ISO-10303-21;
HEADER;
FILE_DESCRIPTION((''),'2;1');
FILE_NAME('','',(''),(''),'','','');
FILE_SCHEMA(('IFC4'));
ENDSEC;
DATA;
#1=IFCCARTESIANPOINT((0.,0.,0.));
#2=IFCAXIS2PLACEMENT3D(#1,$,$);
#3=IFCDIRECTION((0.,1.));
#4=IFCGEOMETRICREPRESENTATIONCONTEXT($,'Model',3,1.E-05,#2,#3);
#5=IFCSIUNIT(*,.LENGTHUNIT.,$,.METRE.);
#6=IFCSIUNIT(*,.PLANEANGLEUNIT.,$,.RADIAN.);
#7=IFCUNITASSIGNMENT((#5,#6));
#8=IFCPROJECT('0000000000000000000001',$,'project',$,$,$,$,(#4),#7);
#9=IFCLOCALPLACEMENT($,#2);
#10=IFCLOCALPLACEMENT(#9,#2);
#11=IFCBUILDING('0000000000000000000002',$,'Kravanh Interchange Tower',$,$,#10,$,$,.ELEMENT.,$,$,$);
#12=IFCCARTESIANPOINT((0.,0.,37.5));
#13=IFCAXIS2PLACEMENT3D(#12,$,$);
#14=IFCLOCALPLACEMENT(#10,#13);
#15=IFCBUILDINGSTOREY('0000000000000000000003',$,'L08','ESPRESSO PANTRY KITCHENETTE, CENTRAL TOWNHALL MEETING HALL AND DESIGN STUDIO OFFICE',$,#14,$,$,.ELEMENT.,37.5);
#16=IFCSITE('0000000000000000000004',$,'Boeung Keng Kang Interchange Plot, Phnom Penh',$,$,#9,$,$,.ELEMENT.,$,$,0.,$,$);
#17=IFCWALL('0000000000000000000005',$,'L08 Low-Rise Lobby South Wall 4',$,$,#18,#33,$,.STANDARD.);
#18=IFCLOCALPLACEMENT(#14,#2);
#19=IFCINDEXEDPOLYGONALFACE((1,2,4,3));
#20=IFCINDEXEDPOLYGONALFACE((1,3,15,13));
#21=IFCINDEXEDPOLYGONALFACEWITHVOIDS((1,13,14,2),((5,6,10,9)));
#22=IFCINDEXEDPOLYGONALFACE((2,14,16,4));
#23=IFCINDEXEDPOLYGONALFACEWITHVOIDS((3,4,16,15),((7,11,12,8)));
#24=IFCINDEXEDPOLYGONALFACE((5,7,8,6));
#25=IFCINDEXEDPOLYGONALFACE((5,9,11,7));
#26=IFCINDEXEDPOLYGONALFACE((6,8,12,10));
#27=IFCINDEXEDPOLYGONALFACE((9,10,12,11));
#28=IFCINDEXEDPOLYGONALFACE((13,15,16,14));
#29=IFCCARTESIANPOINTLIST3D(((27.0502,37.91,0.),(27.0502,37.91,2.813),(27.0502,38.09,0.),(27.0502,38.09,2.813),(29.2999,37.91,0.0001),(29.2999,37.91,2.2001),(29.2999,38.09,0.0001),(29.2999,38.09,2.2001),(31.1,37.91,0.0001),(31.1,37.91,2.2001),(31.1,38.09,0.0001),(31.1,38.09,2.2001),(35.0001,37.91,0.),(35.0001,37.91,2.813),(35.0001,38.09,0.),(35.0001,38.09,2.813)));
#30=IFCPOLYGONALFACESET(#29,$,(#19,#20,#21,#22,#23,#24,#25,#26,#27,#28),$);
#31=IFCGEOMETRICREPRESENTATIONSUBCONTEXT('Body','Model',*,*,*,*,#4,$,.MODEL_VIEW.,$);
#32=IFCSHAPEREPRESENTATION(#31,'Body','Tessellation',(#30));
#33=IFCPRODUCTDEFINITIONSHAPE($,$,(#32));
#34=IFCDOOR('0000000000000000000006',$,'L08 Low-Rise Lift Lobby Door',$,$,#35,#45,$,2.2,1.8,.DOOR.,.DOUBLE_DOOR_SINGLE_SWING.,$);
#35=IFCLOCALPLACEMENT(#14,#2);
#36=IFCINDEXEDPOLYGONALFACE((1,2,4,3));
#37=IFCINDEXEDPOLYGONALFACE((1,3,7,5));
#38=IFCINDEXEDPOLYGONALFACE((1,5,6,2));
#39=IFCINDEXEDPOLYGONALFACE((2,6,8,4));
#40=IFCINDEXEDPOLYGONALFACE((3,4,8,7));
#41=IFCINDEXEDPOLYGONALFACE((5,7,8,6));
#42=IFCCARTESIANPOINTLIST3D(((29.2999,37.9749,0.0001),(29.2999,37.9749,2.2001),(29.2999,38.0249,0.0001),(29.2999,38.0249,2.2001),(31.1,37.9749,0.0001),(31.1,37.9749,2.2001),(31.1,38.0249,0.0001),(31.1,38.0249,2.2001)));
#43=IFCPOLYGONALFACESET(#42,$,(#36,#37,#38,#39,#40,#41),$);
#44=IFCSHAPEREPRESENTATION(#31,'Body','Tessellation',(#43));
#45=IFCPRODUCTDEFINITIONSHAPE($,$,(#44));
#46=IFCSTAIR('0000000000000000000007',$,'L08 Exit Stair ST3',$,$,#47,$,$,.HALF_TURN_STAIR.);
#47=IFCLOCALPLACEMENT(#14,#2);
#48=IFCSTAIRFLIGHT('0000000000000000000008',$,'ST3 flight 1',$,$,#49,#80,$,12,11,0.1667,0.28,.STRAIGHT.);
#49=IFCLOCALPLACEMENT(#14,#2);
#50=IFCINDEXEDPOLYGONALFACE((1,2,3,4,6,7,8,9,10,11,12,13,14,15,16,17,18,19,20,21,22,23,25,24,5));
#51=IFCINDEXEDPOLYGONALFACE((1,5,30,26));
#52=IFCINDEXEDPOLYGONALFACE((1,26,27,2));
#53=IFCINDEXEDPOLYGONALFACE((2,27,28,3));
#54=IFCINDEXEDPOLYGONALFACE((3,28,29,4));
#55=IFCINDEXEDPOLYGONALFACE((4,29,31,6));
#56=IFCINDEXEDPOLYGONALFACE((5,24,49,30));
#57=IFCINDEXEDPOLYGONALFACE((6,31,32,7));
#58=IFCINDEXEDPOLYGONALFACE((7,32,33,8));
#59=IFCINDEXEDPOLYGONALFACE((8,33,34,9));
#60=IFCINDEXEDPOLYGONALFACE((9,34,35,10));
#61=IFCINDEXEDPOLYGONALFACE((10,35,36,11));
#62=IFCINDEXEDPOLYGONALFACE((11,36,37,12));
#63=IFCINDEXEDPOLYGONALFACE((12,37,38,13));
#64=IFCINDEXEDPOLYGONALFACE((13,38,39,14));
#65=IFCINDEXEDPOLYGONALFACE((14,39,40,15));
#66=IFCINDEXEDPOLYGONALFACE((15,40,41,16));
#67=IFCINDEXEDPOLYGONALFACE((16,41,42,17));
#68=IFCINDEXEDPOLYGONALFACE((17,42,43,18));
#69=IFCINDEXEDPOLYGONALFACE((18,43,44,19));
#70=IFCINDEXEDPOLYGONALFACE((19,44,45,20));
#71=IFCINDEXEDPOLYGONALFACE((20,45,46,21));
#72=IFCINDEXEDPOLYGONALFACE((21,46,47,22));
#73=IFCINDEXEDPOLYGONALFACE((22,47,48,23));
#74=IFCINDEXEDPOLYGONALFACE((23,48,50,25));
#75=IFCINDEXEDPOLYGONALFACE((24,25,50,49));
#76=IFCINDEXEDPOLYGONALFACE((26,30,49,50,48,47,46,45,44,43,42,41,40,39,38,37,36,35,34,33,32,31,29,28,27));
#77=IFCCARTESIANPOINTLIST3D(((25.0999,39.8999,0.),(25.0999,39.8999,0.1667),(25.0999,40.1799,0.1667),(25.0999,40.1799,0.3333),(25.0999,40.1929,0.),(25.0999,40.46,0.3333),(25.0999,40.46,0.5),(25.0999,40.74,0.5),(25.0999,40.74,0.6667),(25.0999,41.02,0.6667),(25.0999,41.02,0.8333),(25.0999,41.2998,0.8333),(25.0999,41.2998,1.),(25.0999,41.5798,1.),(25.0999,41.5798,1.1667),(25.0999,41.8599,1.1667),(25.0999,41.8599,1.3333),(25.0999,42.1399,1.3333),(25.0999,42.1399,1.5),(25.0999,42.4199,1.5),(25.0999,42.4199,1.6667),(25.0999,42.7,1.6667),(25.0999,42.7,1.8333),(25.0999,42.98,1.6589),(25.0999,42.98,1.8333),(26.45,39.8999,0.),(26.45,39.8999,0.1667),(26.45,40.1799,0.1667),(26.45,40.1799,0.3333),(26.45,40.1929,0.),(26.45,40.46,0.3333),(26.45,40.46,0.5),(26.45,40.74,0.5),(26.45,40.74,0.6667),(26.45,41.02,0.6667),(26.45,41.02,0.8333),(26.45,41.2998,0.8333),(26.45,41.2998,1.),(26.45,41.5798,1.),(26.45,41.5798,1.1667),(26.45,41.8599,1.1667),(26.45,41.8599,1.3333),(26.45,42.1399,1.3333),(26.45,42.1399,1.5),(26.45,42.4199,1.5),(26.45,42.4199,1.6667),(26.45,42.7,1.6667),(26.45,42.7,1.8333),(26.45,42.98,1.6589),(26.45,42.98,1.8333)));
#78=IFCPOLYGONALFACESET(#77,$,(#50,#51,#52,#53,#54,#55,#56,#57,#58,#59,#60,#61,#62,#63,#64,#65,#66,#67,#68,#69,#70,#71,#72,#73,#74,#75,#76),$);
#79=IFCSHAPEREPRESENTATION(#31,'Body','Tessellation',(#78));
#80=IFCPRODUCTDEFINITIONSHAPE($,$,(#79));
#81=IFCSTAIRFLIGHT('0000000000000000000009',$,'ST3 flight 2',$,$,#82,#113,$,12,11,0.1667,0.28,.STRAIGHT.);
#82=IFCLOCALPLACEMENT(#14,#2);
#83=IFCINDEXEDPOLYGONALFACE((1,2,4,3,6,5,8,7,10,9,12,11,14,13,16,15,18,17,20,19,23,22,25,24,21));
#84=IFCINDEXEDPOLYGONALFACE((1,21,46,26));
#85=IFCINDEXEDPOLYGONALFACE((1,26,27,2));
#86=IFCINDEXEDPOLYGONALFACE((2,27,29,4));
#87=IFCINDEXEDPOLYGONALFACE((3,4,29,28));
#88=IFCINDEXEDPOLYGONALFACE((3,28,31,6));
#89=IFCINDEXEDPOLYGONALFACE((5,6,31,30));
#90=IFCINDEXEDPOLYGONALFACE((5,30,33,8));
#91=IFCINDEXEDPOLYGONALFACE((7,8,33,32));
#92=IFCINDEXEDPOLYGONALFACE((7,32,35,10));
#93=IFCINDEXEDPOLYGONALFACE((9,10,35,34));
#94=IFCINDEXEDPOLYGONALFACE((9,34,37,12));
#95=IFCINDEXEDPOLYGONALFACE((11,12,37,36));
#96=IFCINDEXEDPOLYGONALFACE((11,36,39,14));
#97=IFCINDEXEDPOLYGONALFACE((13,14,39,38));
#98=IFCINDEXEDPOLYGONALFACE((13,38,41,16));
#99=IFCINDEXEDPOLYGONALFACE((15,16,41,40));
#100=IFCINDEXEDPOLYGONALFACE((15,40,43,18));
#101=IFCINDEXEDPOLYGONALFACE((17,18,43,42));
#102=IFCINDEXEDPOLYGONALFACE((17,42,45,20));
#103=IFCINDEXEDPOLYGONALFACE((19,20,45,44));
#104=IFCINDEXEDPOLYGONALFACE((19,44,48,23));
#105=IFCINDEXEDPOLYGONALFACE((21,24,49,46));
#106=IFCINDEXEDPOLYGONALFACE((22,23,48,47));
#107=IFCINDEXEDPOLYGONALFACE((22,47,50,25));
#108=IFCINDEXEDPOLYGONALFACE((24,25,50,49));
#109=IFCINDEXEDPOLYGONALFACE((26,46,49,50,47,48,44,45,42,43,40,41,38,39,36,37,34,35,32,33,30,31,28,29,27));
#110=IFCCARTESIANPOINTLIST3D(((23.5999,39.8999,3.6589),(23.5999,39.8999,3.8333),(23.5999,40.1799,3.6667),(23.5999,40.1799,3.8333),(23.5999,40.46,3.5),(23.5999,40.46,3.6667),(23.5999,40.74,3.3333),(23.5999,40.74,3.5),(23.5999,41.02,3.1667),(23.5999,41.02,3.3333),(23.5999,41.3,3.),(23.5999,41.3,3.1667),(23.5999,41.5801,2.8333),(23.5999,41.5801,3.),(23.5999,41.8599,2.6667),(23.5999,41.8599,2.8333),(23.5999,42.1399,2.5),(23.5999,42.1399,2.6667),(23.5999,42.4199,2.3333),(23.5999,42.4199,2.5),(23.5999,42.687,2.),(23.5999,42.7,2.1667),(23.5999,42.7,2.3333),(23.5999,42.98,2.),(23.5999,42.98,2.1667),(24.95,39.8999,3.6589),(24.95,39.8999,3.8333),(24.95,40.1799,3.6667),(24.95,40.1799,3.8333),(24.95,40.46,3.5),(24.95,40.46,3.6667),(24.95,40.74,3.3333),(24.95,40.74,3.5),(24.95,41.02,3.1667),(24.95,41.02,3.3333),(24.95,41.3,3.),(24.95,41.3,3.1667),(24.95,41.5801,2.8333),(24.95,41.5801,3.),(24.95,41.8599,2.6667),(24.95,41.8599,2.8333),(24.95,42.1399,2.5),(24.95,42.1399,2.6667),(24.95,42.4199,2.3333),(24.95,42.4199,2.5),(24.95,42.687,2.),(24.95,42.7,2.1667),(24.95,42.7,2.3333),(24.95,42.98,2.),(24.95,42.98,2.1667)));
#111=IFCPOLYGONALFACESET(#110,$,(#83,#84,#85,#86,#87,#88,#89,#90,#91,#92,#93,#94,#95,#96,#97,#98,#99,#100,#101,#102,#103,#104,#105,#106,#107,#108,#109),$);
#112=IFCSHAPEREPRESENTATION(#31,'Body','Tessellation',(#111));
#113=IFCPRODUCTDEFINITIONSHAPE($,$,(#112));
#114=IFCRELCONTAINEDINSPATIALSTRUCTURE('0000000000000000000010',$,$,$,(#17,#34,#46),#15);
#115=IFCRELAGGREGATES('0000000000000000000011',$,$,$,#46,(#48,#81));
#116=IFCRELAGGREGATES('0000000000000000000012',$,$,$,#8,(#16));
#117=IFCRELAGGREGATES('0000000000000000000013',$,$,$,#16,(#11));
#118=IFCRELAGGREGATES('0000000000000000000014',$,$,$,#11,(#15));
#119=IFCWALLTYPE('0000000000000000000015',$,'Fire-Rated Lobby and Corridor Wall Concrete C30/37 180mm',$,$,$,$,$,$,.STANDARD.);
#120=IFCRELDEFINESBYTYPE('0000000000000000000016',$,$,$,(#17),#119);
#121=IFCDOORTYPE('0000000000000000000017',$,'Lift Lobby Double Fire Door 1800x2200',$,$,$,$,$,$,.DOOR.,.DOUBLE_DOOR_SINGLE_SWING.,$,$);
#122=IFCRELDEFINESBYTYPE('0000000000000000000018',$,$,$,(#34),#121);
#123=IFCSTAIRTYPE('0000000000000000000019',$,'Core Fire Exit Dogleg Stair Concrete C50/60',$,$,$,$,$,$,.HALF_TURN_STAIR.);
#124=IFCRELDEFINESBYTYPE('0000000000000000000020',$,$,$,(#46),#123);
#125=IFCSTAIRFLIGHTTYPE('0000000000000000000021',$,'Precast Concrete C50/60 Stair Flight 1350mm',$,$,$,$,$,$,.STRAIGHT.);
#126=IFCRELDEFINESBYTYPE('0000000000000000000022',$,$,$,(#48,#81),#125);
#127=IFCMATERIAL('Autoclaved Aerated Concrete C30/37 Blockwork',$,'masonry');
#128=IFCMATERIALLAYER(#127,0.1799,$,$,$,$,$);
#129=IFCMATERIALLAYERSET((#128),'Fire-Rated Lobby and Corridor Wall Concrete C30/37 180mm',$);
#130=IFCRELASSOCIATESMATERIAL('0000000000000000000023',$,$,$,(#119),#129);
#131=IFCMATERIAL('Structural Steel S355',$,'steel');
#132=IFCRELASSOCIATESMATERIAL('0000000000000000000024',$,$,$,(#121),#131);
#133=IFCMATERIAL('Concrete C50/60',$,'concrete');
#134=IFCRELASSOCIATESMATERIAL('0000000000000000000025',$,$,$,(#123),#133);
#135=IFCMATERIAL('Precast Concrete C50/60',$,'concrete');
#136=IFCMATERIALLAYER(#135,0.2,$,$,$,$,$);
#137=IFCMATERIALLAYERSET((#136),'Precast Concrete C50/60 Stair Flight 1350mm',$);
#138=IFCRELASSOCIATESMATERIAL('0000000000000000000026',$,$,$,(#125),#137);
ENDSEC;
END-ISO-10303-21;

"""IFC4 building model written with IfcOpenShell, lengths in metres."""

from ifc_helpers import new_model, si_unit, direction, frame, frame_2d, origin, place, context, subcontext, project, spatial, polyline, rectangle, outline, extrude, material, layer, layer_set, type_object, element, fill, aggregate, save


model = new_model("IFC4")

# Units and contexts
model_context = context("Model", 3, precision=1e-05, world=origin(), true_north=direction((0.0, 1.0)))
body_context = subcontext(model_context, "Body", "Model", "MODEL_VIEW")
ifc_project = project(units=[si_unit("LENGTHUNIT", "METRE"), si_unit("PLANEANGLEUNIT", "RADIAN")], contexts=[model_context])

# Site, building, storey
site_placement = place(None, origin())
site = spatial("IfcSite", under=ifc_project, at=site_placement, Name="Boeung Keng Kang Interchange Plot, Phnom Penh", CompositionType="ELEMENT", RefElevation=0.0)
building_placement = place(site_placement, origin())
building = spatial("IfcBuilding", under=site, at=building_placement, Name="Kravanh Interchange Tower", CompositionType="ELEMENT")
storey_placement = place(building_placement, frame((0.0, 0.0, 37.5)))
storey = spatial("IfcBuildingStorey", under=building, at=storey_placement, Name="L08", Description="ESPRESSO PANTRY KITCHENETTE, CENTRAL TOWNHALL MEETING HALL AND DESIGN STUDIO OFFICE", CompositionType="ELEMENT", Elevation=37.5)

# Wall, opening, door
ifc_material_1 = material(Name="Autoclaved Aerated Concrete C30/37 Blockwork", Category="masonry")
ifc_layer_1 = layer(ifc_material_1, 0.1799)
ifc_layer_set_1 = layer_set([ifc_layer_1], Name="Fire-Rated Lobby and Corridor Wall Concrete C30/37 180mm")
wall_type_1 = type_object("IfcWallType", Name="Fire-Rated Lobby and Corridor Wall Concrete C30/37 180mm", PredefinedType="STANDARD", material=ifc_layer_set_1)
wall_1_placement = place(storey_placement, frame((27.05, 38.0, 0.0), z_axis=(0.0, 0.0, 1.0), x_axis=(1.0, 0.0, 0.0)))
wall_1 = element("IfcWall", 1, at=wall_1_placement, inside=storey, type_object=wall_type_1, Name="L08 Low-Rise Lobby South Wall 4", PredefinedType="STANDARD", context=body_context, shape_type="SweptSolid", body=[
    extrude(rectangle(XDim=7.95, YDim=0.1799, at=frame_2d((3.9751, 0.0))), origin(), (0.0, 0.0, 1.0), 2.813),
])
opening_1_placement = place(wall_1_placement, frame((2.25, 0.0, 0.0)))
opening_1 = element("IfcOpeningElement", 2, at=opening_1_placement, cuts=wall_1, PredefinedType="OPENING", context=body_context, shape_type="SweptSolid", body=[
    extrude(rectangle(XDim=1.8, YDim=2.2, at=frame_2d((0.8999, 1.1001))), frame((0.0, 0.1001, 0.0), z_axis=(0.0, -1.0, 0.0), x_axis=(1.0, 0.0, 0.0)), (0.0, 0.0, 1.0), 0.2),
])
ifc_material_2 = material(Name="Structural Steel S355", Category="steel")
door_type_1 = type_object("IfcDoorType", Name="Lift Lobby Double Fire Door 1800x2200", OperationType="DOUBLE_DOOR_SINGLE_SWING", PredefinedType="DOOR", material=ifc_material_2)
door_1_placement = place(opening_1_placement, origin())
door_1 = element("IfcDoor", 3, at=door_1_placement, inside=storey, type_object=door_type_1, Name="L08 Low-Rise Lift Lobby Door", OperationType="DOUBLE_DOOR_SINGLE_SWING", OverallHeight=2.2, OverallWidth=1.8, PredefinedType="DOOR", context=body_context, shape_type="SweptSolid", body=[
    extrude(rectangle(XDim=1.8, YDim=2.2, at=frame_2d((0.8999, 1.1001))), frame((0.0, 0.0249, 0.0), z_axis=(0.0, -1.0, 0.0), x_axis=(1.0, 0.0, 0.0)), (0.0, 0.0, 1.0), 0.05),
])
fill(opening_1, door_1)

# Stair, stair flights
ifc_material_3 = material(Name="Concrete C50/60", Category="concrete")
stair_type = type_object("IfcStairType", Name="Core Fire Exit Dogleg Stair Concrete C50/60", PredefinedType="HALF_TURN_STAIR", material=ifc_material_3)
stair_placement = place(storey_placement, origin())
stair = element("IfcStair", 4, at=stair_placement, inside=storey, type_object=stair_type, Name="L08 Exit Stair ST3", PredefinedType="HALF_TURN_STAIR")
ifc_material_4 = material(Name="Precast Concrete C50/60", Category="concrete")
ifc_layer_2 = layer(ifc_material_4, 0.2)
ifc_layer_set_2 = layer_set([ifc_layer_2], Name="Precast Concrete C50/60 Stair Flight 1350mm")
stair_flight_type = type_object("IfcStairFlightType", Name="Precast Concrete C50/60 Stair Flight 1350mm", PredefinedType="STRAIGHT", material=ifc_layer_set_2)
stair_flight_1_placement = place(storey_placement, frame((25.7749, 39.8999, 0.0), z_axis=(0.0, 0.0, 1.0), x_axis=(0.0, 1.0, 0.0)))
stair_flight_1 = element("IfcStairFlight", 5, at=stair_flight_1_placement, type_object=stair_flight_type, Name="ST3 flight 1", NumberOfRisers=12, NumberOfTreads=11, PredefinedType="STRAIGHT", RiserHeight=0.1667, TreadLength=0.28, context=body_context, shape_type="SweptSolid", body=[
    extrude(outline(polyline([(0.0, 0.0), (0.0, 0.1667), (0.28, 0.1667), (0.28, 0.3333), (0.5601, 0.3333), (0.5601, 0.5), (0.8401, 0.5), (0.8401, 0.6667), (1.1201, 0.6667), (1.1201, 0.8333), (1.3999, 0.8333), (1.3999, 1.0), (1.6799, 1.0), (1.6799, 1.1667), (1.96, 1.1667), (1.96, 1.3333), (2.24, 1.3333), (2.24, 1.5), (2.52, 1.5), (2.52, 1.6667), (2.8, 1.6667), (2.8, 1.8333), (3.0801, 1.8333), (3.0801, 2.0), (3.0801, 1.6589), (0.293, 0.0), (0.0, 0.0)])), frame((0.0, 0.675, 0.0), z_axis=(0.0, -1.0, 0.0), x_axis=(1.0, 0.0, 0.0)), (0.0, 0.0, 1.0), 1.3501),
])
stair_flight_2_placement = place(storey_placement, frame((24.2749, 42.98, 2.0), z_axis=(0.0, 0.0, 1.0), x_axis=(0.0, -1.0, 0.0)))
stair_flight_2 = element("IfcStairFlight", 6, at=stair_flight_2_placement, type_object=stair_flight_type, Name="ST3 flight 2", NumberOfRisers=12, NumberOfTreads=11, PredefinedType="STRAIGHT", RiserHeight=0.1667, TreadLength=0.28, context=body_context, shape_type="SweptSolid", body=[
    extrude(outline(polyline([(0.0, 0.0), (0.0, 0.1667), (0.28, 0.1667), (0.28, 0.3333), (0.5601, 0.3333), (0.5601, 0.5), (0.8401, 0.5), (0.8401, 0.6667), (1.1201, 0.6667), (1.1201, 0.8333), (1.3999, 0.8333), (1.3999, 1.0), (1.6799, 1.0), (1.6799, 1.1667), (1.96, 1.1667), (1.96, 1.3333), (2.24, 1.3333), (2.24, 1.5), (2.52, 1.5), (2.52, 1.6667), (2.8, 1.6667), (2.8, 1.8333), (3.0801, 1.8333), (3.0801, 2.0), (3.0801, 1.6589), (0.293, 0.0), (0.0, 0.0)])), frame((0.0, 0.675, 0.0), z_axis=(0.0, -1.0, 0.0), x_axis=(1.0, 0.0, 0.0)), (0.0, 0.0, 1.0), 1.3501),
])
aggregate(stair, [stair_flight_1, stair_flight_2])

save(model, "model.ifc")
